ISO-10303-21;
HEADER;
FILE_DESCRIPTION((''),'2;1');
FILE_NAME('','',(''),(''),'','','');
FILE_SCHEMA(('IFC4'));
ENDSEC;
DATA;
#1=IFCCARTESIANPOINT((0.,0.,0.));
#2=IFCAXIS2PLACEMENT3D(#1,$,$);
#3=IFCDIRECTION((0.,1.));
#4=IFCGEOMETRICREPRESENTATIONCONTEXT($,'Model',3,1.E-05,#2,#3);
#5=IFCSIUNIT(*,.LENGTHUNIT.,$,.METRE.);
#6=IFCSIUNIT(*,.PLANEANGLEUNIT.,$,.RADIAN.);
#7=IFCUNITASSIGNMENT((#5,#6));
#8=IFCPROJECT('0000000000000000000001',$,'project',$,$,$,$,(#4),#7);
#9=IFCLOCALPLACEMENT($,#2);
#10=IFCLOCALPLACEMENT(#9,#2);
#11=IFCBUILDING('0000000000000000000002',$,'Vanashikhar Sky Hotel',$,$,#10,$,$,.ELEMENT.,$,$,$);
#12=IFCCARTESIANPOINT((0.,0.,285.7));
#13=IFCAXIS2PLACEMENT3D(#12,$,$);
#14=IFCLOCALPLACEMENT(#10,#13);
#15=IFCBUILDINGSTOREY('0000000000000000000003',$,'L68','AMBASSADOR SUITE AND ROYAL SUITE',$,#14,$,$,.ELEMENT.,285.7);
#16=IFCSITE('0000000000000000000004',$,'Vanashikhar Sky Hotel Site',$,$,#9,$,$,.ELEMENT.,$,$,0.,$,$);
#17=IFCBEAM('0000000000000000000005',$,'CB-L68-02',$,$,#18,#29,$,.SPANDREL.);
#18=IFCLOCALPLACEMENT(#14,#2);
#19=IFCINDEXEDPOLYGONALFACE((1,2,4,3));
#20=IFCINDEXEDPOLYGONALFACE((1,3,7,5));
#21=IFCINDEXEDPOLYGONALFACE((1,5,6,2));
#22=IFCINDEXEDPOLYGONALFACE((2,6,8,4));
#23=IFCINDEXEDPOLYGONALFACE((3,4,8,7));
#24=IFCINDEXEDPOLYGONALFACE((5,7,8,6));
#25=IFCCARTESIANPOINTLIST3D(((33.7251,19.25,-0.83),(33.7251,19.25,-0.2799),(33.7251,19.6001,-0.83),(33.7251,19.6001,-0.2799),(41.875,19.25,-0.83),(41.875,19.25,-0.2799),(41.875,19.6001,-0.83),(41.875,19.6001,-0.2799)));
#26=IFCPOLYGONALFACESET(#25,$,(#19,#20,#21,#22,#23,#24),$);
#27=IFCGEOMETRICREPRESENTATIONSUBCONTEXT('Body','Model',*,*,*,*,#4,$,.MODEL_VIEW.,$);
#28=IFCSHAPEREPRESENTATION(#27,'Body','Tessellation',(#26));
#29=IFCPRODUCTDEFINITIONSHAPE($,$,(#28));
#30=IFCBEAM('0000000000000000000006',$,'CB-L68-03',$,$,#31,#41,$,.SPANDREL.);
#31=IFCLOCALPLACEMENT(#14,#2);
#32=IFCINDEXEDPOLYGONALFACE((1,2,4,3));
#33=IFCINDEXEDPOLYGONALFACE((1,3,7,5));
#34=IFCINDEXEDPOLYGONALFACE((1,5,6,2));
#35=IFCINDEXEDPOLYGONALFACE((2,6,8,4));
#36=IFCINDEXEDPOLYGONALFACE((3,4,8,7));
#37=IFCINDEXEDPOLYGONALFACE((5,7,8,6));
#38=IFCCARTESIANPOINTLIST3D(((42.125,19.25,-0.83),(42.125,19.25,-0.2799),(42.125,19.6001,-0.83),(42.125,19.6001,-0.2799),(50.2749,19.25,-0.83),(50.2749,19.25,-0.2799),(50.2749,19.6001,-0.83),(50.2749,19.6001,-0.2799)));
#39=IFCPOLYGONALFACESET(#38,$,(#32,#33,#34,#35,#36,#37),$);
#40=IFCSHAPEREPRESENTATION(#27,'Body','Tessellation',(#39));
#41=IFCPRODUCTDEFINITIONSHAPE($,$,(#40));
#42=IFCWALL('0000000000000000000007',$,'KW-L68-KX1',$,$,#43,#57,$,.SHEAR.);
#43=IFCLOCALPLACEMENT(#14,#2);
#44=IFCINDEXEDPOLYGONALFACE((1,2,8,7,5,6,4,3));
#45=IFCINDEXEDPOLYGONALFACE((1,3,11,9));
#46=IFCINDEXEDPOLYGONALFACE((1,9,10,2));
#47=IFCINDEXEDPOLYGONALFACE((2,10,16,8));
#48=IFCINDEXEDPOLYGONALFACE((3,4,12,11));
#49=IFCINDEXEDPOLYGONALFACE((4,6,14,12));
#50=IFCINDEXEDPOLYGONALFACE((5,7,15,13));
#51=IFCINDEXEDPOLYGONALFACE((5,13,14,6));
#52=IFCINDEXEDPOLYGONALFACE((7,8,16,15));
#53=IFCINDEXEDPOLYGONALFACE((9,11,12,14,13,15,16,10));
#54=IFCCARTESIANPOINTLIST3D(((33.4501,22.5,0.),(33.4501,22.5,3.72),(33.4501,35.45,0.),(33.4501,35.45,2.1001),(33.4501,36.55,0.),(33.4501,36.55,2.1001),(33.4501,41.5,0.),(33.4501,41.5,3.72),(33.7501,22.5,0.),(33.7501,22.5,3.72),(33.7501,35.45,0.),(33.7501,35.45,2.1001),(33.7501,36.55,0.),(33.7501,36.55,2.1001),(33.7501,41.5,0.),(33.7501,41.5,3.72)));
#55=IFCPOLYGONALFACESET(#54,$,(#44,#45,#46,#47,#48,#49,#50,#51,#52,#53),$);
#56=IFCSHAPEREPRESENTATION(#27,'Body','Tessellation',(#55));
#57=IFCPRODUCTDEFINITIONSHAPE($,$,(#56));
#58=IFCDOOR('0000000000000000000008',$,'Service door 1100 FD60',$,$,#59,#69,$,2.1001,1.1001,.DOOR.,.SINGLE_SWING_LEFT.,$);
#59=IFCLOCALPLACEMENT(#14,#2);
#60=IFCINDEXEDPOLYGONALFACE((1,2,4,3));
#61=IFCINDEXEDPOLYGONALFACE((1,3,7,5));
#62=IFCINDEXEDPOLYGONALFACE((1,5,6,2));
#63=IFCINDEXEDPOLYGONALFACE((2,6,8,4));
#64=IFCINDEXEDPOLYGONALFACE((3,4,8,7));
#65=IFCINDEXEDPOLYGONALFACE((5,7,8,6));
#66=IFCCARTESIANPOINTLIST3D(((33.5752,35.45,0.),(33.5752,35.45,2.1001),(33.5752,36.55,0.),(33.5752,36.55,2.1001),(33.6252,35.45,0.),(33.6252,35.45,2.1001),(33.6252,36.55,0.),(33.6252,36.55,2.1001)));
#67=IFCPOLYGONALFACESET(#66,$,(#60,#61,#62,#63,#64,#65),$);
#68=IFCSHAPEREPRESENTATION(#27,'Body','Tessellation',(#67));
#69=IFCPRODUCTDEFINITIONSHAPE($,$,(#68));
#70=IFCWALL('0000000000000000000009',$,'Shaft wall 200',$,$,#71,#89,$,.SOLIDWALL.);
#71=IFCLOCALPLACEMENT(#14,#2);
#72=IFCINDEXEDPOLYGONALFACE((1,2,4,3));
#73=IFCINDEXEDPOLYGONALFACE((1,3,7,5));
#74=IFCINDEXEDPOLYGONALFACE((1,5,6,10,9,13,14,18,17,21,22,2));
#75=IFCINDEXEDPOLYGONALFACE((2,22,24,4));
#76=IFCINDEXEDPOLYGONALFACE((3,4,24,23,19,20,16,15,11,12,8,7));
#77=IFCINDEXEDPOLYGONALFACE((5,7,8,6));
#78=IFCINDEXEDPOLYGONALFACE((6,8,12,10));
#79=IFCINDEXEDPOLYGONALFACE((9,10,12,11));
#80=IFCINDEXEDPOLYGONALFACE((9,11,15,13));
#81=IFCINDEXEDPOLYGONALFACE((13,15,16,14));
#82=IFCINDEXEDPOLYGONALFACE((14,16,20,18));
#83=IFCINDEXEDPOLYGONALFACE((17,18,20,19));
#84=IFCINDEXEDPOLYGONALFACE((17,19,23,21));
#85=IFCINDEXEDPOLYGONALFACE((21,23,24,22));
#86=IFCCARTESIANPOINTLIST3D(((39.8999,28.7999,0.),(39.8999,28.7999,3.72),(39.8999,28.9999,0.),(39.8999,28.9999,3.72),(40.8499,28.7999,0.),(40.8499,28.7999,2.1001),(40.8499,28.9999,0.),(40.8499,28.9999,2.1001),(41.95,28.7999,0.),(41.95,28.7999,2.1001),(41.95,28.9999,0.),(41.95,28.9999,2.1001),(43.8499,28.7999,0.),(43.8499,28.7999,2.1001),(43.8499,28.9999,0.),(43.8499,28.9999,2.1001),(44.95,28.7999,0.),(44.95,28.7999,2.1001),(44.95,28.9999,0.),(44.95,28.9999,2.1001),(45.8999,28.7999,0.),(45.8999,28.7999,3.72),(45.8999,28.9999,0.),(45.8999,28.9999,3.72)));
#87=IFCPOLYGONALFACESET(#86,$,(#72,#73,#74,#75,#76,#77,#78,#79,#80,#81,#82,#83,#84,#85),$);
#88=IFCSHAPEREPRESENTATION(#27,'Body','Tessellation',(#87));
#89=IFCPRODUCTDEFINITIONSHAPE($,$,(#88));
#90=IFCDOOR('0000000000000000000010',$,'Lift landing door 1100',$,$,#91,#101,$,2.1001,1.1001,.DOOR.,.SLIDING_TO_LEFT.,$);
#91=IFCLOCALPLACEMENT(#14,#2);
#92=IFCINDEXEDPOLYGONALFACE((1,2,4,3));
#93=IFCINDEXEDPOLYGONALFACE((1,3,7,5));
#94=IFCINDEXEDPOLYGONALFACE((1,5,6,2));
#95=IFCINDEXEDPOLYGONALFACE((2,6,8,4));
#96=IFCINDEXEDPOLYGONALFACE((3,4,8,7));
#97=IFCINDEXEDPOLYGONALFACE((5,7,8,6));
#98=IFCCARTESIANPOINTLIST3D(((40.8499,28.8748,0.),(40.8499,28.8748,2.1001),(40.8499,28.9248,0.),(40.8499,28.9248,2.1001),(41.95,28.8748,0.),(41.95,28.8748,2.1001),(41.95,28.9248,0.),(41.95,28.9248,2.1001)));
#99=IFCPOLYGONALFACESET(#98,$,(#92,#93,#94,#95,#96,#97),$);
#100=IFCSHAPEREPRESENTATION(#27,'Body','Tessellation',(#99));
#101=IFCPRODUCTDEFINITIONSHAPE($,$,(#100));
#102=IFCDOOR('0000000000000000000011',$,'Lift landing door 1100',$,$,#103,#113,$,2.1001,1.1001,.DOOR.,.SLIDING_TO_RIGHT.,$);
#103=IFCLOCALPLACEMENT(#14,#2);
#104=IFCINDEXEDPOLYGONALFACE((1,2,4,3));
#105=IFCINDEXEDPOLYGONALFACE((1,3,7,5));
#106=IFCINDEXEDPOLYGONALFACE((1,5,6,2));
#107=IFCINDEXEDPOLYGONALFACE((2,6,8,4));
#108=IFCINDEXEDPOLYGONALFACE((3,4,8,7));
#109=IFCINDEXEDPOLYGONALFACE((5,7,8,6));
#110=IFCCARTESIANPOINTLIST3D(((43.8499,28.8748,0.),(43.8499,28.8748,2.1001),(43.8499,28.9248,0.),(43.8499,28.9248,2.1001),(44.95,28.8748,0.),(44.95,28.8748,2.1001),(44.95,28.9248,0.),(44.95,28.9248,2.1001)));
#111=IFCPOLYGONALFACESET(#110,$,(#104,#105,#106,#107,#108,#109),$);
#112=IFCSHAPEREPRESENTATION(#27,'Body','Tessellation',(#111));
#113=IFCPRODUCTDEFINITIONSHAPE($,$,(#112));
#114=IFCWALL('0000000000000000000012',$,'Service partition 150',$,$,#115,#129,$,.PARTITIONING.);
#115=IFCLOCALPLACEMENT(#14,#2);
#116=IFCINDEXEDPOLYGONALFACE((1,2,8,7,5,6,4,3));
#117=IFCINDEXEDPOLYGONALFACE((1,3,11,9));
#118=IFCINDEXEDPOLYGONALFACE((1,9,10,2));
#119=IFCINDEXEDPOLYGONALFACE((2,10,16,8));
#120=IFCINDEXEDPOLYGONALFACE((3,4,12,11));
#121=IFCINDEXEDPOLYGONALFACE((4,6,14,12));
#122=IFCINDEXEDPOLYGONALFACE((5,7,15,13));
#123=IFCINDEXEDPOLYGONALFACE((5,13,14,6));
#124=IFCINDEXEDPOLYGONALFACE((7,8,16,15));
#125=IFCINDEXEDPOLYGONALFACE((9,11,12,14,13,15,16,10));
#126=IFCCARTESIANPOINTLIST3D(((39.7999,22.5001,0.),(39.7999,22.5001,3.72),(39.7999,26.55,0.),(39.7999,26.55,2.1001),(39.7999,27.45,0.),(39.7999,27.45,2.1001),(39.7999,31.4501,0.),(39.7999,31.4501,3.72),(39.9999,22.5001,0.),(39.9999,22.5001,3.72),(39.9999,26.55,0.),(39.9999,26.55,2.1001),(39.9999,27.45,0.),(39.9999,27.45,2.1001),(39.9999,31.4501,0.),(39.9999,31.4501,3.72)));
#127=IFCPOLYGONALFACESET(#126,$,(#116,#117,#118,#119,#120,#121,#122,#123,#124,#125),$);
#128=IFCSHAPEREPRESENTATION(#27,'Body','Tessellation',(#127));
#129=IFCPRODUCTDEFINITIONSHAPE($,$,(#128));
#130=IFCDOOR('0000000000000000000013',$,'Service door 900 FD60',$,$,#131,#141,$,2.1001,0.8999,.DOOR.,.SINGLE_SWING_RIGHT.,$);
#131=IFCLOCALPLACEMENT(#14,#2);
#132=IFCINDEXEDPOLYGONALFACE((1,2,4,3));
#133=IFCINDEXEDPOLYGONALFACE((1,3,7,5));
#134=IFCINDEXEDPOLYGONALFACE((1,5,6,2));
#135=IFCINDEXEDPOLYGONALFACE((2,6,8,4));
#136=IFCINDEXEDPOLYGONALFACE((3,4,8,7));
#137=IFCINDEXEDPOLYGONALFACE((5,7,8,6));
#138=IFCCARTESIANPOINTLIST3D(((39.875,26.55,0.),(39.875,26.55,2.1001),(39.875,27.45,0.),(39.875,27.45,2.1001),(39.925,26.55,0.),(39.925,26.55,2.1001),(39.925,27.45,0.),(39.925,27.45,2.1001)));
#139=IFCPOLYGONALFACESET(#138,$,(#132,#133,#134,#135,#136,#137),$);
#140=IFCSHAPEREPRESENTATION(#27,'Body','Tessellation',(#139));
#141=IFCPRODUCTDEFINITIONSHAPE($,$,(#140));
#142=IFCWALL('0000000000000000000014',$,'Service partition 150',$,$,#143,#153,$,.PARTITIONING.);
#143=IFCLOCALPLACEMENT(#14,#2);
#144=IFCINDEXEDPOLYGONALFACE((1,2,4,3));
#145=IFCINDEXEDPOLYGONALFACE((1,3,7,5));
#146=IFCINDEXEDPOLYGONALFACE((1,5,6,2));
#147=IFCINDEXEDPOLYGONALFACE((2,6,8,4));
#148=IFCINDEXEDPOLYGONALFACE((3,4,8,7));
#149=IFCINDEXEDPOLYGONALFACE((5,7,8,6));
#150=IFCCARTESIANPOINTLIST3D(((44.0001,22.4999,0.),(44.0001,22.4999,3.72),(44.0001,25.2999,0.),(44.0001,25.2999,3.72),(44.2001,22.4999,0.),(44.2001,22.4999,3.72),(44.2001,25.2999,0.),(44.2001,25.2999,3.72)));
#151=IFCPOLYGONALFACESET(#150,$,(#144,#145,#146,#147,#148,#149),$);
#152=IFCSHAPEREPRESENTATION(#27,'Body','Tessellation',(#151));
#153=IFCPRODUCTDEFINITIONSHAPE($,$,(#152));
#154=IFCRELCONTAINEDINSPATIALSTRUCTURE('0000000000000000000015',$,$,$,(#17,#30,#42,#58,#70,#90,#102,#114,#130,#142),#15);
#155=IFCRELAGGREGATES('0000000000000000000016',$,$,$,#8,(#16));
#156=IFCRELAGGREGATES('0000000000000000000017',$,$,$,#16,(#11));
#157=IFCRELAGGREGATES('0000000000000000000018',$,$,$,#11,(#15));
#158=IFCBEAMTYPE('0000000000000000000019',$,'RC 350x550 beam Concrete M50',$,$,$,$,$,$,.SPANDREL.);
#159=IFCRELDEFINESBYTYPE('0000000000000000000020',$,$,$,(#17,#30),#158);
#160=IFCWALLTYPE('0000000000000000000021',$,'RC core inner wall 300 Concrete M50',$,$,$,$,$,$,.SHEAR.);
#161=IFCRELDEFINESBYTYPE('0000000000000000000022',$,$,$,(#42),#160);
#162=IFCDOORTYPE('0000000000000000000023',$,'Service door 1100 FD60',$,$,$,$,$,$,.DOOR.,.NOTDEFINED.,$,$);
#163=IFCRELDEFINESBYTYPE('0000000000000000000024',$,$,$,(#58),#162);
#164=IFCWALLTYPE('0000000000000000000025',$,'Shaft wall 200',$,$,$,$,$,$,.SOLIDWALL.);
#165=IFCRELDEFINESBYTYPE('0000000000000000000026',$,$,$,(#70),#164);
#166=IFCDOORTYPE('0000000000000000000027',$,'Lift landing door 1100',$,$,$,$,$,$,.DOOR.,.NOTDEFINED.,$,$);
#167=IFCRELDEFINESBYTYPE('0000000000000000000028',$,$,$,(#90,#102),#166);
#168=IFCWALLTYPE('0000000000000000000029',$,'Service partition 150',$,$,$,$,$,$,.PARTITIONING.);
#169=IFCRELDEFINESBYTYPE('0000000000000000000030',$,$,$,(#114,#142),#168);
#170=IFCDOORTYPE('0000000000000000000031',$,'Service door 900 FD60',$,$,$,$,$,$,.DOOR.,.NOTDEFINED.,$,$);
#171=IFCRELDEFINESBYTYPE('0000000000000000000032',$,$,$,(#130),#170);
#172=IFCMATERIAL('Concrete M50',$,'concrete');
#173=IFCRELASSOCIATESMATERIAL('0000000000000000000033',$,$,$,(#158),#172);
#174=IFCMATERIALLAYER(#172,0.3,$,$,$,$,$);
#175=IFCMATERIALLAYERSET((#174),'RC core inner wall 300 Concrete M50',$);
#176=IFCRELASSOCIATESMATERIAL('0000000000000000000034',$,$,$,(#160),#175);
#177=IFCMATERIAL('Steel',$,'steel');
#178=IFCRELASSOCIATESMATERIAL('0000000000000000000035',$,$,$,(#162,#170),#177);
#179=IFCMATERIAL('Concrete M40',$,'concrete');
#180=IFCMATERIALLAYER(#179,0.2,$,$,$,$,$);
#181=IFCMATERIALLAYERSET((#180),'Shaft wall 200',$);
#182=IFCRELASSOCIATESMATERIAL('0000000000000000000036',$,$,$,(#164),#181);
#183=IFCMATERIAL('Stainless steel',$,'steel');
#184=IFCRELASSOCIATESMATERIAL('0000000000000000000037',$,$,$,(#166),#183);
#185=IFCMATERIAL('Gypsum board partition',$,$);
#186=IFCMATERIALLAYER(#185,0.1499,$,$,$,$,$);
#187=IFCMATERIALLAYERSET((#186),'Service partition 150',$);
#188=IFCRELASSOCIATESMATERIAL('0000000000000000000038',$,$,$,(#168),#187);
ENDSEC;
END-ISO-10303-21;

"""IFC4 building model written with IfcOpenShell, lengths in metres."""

from ifc_helpers import new_model, si_unit, direction, frame, frame_2d, origin, origin_2d, place, context, subcontext, project, spatial, rectangle, extrude, source, transform, mapped, material, layer, layer_set, material_profile, profile_set, type_object, element, fill, save


model = new_model("IFC4")

# Units and contexts
model_context = context("Model", 3, precision=1e-05, world=origin(), true_north=direction((0.0, 1.0)))
body_context = subcontext(model_context, "Body", "Model", "MODEL_VIEW")
ifc_project = project(units=[si_unit("LENGTHUNIT", "METRE"), si_unit("PLANEANGLEUNIT", "RADIAN")], contexts=[model_context])

# Site, building, storey
site_placement = place(None, origin())
site = spatial("IfcSite", under=ifc_project, at=site_placement, Name="Vanashikhar Sky Hotel Site", CompositionType="ELEMENT", RefElevation=0.0)
building_placement = place(site_placement, origin())
building = spatial("IfcBuilding", under=site, at=building_placement, Name="Vanashikhar Sky Hotel", CompositionType="ELEMENT")
storey_placement = place(building_placement, frame((0.0, 0.0, 285.7)))
storey = spatial("IfcBuildingStorey", under=building, at=storey_placement, Name="L68", Description="AMBASSADOR SUITE AND ROYAL SUITE", CompositionType="ELEMENT", Elevation=285.7)

# Beams
ifc_material_1 = material(Name="Concrete M50", Category="concrete")
ifc_material_profile = material_profile(ifc_material_1, rectangle(XDim=0.3501, YDim=0.55, at=origin_2d()))
ifc_profile_set = profile_set([ifc_material_profile], Name="RC 350x550 beam Concrete M50")
beam_type = type_object("IfcBeamType", Name="RC 350x550 beam Concrete M50", PredefinedType="SPANDREL", material=ifc_profile_set)
shared_shape_1 = source(origin(), body_context, "Body", "SweptSolid", [
    extrude(rectangle(XDim=0.3501, YDim=0.55, at=origin_2d()), origin(), (0.0, 0.0, 1.0), 8.1499),
])
for number, where, z_axis, x_axis, name in (
    (1, (33.7251, 19.425, -0.5549), (1.0, 0.0, 0.0), (0.0, 1.0, 0.0), "CB-L68-02"),
    (2, (42.125, 19.425, -0.5549), (1.0, 0.0, 0.0), (0.0, 1.0, 0.0), "CB-L68-03"),
):
    element("IfcBeam", number, at=place(storey_placement, frame(where, z_axis=z_axis, x_axis=x_axis)), inside=storey, type_object=beam_type, Name=name, PredefinedType="SPANDREL", context=body_context, shape_type="MappedRepresentation", body=[
        mapped(shared_shape_1, transform((0.0, 0.0, 0.0), scale=1.0)),
    ])

# Wall, opening, door
ifc_layer_1 = layer(ifc_material_1, 0.3)
ifc_layer_set_1 = layer_set([ifc_layer_1], Name="RC core inner wall 300 Concrete M50")
wall_type_1 = type_object("IfcWallType", Name="RC core inner wall 300 Concrete M50", PredefinedType="SHEAR", material=ifc_layer_set_1)
shared_shape_2 = source(origin(), body_context, "Body", "SweptSolid", [
    extrude(rectangle(XDim=19.0, YDim=0.3, at=frame_2d((9.5, 0.0))), origin(), (0.0, 0.0, 1.0), 3.72),
])
wall_1_placement = place(storey_placement, frame((33.6001, 22.5, 0.0), z_axis=(0.0, 0.0, 1.0), x_axis=(0.0, 1.0, 0.0)))
wall_1 = element("IfcWall", 3, at=wall_1_placement, inside=storey, type_object=wall_type_1, Name="KW-L68-KX1", PredefinedType="SHEAR", context=body_context, shape_type="MappedRepresentation", body=[
    mapped(shared_shape_2, transform((0.0, 0.0, 0.0), scale=1.0)),
])
shared_shape_3 = source(origin(), body_context, "Body", "SweptSolid", [
    extrude(rectangle(XDim=1.1001, YDim=2.1001, at=frame_2d((0.55, 1.05))), frame((0.0, 0.1602, 0.0), z_axis=(0.0, -1.0, 0.0), x_axis=(1.0, 0.0, 0.0)), (0.0, 0.0, 1.0), 0.3201),
])
opening_1_placement = place(wall_1_placement, frame((12.95, 0.0, 0.0)))
opening_1 = element("IfcOpeningElement", 4, at=opening_1_placement, cuts=wall_1, PredefinedType="OPENING", context=body_context, shape_type="MappedRepresentation", body=[
    mapped(shared_shape_3, transform((0.0, 0.0, 0.0), scale=1.0)),
])
ifc_material_2 = material(Name="Steel", Category="steel")
door_type_1 = type_object("IfcDoorType", Name="Service door 1100 FD60", OperationType="NOTDEFINED", PredefinedType="DOOR", material=ifc_material_2)
shared_shape_4 = source(origin(), body_context, "Body", "SweptSolid", [
    extrude(rectangle(XDim=1.1001, YDim=2.1001, at=frame_2d((0.55, 1.05))), frame((0.0, 0.0249, 0.0), z_axis=(0.0, -1.0, 0.0), x_axis=(1.0, 0.0, 0.0)), (0.0, 0.0, 1.0), 0.05),
])
door_1_placement = place(opening_1_placement, origin())
door_1 = element("IfcDoor", 5, at=door_1_placement, inside=storey, type_object=door_type_1, Name="Service door 1100 FD60", OperationType="SINGLE_SWING_LEFT", OverallHeight=2.1001, OverallWidth=1.1001, PredefinedType="DOOR", context=body_context, shape_type="MappedRepresentation", body=[
    mapped(shared_shape_4, transform((0.0, 0.0, 0.0), scale=1.0)),
])
fill(opening_1, door_1)

# Wall, openings, doors
ifc_material_3 = material(Name="Concrete M40", Category="concrete")
ifc_layer_2 = layer(ifc_material_3, 0.2)
ifc_layer_set_2 = layer_set([ifc_layer_2], Name="Shaft wall 200")
wall_type_2 = type_object("IfcWallType", Name="Shaft wall 200", PredefinedType="SOLIDWALL", material=ifc_layer_set_2)
shared_shape_5 = source(origin(), body_context, "Body", "SweptSolid", [
    extrude(rectangle(XDim=6.0, YDim=0.2, at=frame_2d((3.0, 0.0))), origin(), (0.0, 0.0, 1.0), 3.72),
])
wall_2_placement = place(storey_placement, frame((39.8999, 28.8999, 0.0), z_axis=(0.0, 0.0, 1.0), x_axis=(1.0, 0.0, 0.0)))
wall_2 = element("IfcWall", 6, at=wall_2_placement, inside=storey, type_object=wall_type_2, Name="Shaft wall 200", PredefinedType="SOLIDWALL", context=body_context, shape_type="MappedRepresentation", body=[
    mapped(shared_shape_5, transform((0.0, 0.0, 0.0), scale=1.0)),
])
shared_shape_6 = source(origin(), body_context, "Body", "SweptSolid", [
    extrude(rectangle(XDim=1.1001, YDim=2.1001, at=frame_2d((0.55, 1.05))), frame((0.0, 0.1099, 0.0), z_axis=(0.0, -1.0, 0.0), x_axis=(1.0, 0.0, 0.0)), (0.0, 0.0, 1.0), 0.22),
])
opening_2_placement = place(wall_2_placement, frame((0.95, 0.0, 0.0)))
opening_2 = element("IfcOpeningElement", 7, at=opening_2_placement, cuts=wall_2, PredefinedType="OPENING", context=body_context, shape_type="MappedRepresentation", body=[
    mapped(shared_shape_6, transform((0.0, 0.0, 0.0), scale=1.0)),
])
opening_3_placement = place(wall_2_placement, frame((3.95, 0.0, 0.0)))
opening_3 = element("IfcOpeningElement", 8, at=opening_3_placement, cuts=wall_2, PredefinedType="OPENING", context=body_context, shape_type="MappedRepresentation", body=[
    mapped(shared_shape_6, transform((0.0, 0.0, 0.0), scale=1.0)),
])
ifc_material_4 = material(Name="Stainless steel", Category="steel")
door_type_2 = type_object("IfcDoorType", Name="Lift landing door 1100", OperationType="NOTDEFINED", PredefinedType="DOOR", material=ifc_material_4)
door_2_placement = place(opening_2_placement, origin())
door_2 = element("IfcDoor", 9, at=door_2_placement, inside=storey, type_object=door_type_2, Name="Lift landing door 1100", OperationType="SLIDING_TO_LEFT", OverallHeight=2.1001, OverallWidth=1.1001, PredefinedType="DOOR", context=body_context, shape_type="MappedRepresentation", body=[
    mapped(shared_shape_4, transform((0.0, 0.0, 0.0), scale=1.0)),
])
fill(opening_2, door_2)
door_3_placement = place(opening_3_placement, origin())
door_3 = element("IfcDoor", 10, at=door_3_placement, inside=storey, type_object=door_type_2, Name="Lift landing door 1100", OperationType="SLIDING_TO_RIGHT", OverallHeight=2.1001, OverallWidth=1.1001, PredefinedType="DOOR", context=body_context, shape_type="MappedRepresentation", body=[
    mapped(shared_shape_4, transform((0.0, 0.0, 0.0), scale=1.0)),
])
fill(opening_3, door_3)

# Wall, opening, door
ifc_material_5 = material(Name="Gypsum board partition")
ifc_layer_3 = layer(ifc_material_5, 0.1499)
ifc_layer_set_3 = layer_set([ifc_layer_3], Name="Service partition 150")
wall_type_3 = type_object("IfcWallType", Name="Service partition 150", PredefinedType="PARTITIONING", material=ifc_layer_set_3)
shared_shape_7 = source(origin(), body_context, "Body", "SweptSolid", [
    extrude(rectangle(XDim=8.95, YDim=0.2, at=frame_2d((4.4751, 0.0))), origin(), (0.0, 0.0, 1.0), 3.72),
])
wall_3_placement = place(storey_placement, frame((39.8999, 22.5, 0.0), z_axis=(0.0, 0.0, 1.0), x_axis=(0.0, 1.0, 0.0)))
wall_3 = element("IfcWall", 11, at=wall_3_placement, inside=storey, type_object=wall_type_3, Name="Service partition 150", PredefinedType="PARTITIONING", context=body_context, shape_type="MappedRepresentation", body=[
    mapped(shared_shape_7, transform((0.0, 0.0, 0.0), scale=1.0)),
])
shared_shape_8 = source(origin(), body_context, "Body", "SweptSolid", [
    extrude(rectangle(XDim=0.8999, YDim=2.1001, at=frame_2d((0.45, 1.05))), frame((0.0, 0.1099, 0.0), z_axis=(0.0, -1.0, 0.0), x_axis=(1.0, 0.0, 0.0)), (0.0, 0.0, 1.0), 0.22),
])
opening_4_placement = place(wall_3_placement, frame((4.05, 0.0, 0.0)))
opening_4 = element("IfcOpeningElement", 12, at=opening_4_placement, cuts=wall_3, PredefinedType="OPENING", context=body_context, shape_type="MappedRepresentation", body=[
    mapped(shared_shape_8, transform((0.0, 0.0, 0.0), scale=1.0)),
])
door_type_3 = type_object("IfcDoorType", Name="Service door 900 FD60", OperationType="NOTDEFINED", PredefinedType="DOOR", material=ifc_material_2)
shared_shape_9 = source(origin(), body_context, "Body", "SweptSolid", [
    extrude(rectangle(XDim=0.8999, YDim=2.1001, at=frame_2d((0.45, 1.05))), frame((0.0, 0.0249, 0.0), z_axis=(0.0, -1.0, 0.0), x_axis=(1.0, 0.0, 0.0)), (0.0, 0.0, 1.0), 0.05),
])
door_4_placement = place(opening_4_placement, origin())
door_4 = element("IfcDoor", 13, at=door_4_placement, inside=storey, type_object=door_type_3, Name="Service door 900 FD60", OperationType="SINGLE_SWING_RIGHT", OverallHeight=2.1001, OverallWidth=0.8999, PredefinedType="DOOR", context=body_context, shape_type="MappedRepresentation", body=[
    mapped(shared_shape_9, transform((0.0, 0.0, 0.0), scale=1.0)),
])
fill(opening_4, door_4)

# Wall
shared_shape_10 = source(origin(), body_context, "Body", "SweptSolid", [
    extrude(rectangle(XDim=2.8, YDim=0.2, at=frame_2d((1.3999, 0.0))), origin(), (0.0, 0.0, 1.0), 3.72),
])
wall_4_placement = place(storey_placement, frame((44.1001, 22.5, 0.0), z_axis=(0.0, 0.0, 1.0), x_axis=(0.0, 1.0, 0.0)))
element("IfcWall", 14, at=wall_4_placement, inside=storey, type_object=wall_type_3, Name="Service partition 150", PredefinedType="PARTITIONING", context=body_context, shape_type="MappedRepresentation", body=[
    mapped(shared_shape_10, transform((0.0, 0.0, 0.0), scale=1.0)),
])

save(model, "model.ifc")
